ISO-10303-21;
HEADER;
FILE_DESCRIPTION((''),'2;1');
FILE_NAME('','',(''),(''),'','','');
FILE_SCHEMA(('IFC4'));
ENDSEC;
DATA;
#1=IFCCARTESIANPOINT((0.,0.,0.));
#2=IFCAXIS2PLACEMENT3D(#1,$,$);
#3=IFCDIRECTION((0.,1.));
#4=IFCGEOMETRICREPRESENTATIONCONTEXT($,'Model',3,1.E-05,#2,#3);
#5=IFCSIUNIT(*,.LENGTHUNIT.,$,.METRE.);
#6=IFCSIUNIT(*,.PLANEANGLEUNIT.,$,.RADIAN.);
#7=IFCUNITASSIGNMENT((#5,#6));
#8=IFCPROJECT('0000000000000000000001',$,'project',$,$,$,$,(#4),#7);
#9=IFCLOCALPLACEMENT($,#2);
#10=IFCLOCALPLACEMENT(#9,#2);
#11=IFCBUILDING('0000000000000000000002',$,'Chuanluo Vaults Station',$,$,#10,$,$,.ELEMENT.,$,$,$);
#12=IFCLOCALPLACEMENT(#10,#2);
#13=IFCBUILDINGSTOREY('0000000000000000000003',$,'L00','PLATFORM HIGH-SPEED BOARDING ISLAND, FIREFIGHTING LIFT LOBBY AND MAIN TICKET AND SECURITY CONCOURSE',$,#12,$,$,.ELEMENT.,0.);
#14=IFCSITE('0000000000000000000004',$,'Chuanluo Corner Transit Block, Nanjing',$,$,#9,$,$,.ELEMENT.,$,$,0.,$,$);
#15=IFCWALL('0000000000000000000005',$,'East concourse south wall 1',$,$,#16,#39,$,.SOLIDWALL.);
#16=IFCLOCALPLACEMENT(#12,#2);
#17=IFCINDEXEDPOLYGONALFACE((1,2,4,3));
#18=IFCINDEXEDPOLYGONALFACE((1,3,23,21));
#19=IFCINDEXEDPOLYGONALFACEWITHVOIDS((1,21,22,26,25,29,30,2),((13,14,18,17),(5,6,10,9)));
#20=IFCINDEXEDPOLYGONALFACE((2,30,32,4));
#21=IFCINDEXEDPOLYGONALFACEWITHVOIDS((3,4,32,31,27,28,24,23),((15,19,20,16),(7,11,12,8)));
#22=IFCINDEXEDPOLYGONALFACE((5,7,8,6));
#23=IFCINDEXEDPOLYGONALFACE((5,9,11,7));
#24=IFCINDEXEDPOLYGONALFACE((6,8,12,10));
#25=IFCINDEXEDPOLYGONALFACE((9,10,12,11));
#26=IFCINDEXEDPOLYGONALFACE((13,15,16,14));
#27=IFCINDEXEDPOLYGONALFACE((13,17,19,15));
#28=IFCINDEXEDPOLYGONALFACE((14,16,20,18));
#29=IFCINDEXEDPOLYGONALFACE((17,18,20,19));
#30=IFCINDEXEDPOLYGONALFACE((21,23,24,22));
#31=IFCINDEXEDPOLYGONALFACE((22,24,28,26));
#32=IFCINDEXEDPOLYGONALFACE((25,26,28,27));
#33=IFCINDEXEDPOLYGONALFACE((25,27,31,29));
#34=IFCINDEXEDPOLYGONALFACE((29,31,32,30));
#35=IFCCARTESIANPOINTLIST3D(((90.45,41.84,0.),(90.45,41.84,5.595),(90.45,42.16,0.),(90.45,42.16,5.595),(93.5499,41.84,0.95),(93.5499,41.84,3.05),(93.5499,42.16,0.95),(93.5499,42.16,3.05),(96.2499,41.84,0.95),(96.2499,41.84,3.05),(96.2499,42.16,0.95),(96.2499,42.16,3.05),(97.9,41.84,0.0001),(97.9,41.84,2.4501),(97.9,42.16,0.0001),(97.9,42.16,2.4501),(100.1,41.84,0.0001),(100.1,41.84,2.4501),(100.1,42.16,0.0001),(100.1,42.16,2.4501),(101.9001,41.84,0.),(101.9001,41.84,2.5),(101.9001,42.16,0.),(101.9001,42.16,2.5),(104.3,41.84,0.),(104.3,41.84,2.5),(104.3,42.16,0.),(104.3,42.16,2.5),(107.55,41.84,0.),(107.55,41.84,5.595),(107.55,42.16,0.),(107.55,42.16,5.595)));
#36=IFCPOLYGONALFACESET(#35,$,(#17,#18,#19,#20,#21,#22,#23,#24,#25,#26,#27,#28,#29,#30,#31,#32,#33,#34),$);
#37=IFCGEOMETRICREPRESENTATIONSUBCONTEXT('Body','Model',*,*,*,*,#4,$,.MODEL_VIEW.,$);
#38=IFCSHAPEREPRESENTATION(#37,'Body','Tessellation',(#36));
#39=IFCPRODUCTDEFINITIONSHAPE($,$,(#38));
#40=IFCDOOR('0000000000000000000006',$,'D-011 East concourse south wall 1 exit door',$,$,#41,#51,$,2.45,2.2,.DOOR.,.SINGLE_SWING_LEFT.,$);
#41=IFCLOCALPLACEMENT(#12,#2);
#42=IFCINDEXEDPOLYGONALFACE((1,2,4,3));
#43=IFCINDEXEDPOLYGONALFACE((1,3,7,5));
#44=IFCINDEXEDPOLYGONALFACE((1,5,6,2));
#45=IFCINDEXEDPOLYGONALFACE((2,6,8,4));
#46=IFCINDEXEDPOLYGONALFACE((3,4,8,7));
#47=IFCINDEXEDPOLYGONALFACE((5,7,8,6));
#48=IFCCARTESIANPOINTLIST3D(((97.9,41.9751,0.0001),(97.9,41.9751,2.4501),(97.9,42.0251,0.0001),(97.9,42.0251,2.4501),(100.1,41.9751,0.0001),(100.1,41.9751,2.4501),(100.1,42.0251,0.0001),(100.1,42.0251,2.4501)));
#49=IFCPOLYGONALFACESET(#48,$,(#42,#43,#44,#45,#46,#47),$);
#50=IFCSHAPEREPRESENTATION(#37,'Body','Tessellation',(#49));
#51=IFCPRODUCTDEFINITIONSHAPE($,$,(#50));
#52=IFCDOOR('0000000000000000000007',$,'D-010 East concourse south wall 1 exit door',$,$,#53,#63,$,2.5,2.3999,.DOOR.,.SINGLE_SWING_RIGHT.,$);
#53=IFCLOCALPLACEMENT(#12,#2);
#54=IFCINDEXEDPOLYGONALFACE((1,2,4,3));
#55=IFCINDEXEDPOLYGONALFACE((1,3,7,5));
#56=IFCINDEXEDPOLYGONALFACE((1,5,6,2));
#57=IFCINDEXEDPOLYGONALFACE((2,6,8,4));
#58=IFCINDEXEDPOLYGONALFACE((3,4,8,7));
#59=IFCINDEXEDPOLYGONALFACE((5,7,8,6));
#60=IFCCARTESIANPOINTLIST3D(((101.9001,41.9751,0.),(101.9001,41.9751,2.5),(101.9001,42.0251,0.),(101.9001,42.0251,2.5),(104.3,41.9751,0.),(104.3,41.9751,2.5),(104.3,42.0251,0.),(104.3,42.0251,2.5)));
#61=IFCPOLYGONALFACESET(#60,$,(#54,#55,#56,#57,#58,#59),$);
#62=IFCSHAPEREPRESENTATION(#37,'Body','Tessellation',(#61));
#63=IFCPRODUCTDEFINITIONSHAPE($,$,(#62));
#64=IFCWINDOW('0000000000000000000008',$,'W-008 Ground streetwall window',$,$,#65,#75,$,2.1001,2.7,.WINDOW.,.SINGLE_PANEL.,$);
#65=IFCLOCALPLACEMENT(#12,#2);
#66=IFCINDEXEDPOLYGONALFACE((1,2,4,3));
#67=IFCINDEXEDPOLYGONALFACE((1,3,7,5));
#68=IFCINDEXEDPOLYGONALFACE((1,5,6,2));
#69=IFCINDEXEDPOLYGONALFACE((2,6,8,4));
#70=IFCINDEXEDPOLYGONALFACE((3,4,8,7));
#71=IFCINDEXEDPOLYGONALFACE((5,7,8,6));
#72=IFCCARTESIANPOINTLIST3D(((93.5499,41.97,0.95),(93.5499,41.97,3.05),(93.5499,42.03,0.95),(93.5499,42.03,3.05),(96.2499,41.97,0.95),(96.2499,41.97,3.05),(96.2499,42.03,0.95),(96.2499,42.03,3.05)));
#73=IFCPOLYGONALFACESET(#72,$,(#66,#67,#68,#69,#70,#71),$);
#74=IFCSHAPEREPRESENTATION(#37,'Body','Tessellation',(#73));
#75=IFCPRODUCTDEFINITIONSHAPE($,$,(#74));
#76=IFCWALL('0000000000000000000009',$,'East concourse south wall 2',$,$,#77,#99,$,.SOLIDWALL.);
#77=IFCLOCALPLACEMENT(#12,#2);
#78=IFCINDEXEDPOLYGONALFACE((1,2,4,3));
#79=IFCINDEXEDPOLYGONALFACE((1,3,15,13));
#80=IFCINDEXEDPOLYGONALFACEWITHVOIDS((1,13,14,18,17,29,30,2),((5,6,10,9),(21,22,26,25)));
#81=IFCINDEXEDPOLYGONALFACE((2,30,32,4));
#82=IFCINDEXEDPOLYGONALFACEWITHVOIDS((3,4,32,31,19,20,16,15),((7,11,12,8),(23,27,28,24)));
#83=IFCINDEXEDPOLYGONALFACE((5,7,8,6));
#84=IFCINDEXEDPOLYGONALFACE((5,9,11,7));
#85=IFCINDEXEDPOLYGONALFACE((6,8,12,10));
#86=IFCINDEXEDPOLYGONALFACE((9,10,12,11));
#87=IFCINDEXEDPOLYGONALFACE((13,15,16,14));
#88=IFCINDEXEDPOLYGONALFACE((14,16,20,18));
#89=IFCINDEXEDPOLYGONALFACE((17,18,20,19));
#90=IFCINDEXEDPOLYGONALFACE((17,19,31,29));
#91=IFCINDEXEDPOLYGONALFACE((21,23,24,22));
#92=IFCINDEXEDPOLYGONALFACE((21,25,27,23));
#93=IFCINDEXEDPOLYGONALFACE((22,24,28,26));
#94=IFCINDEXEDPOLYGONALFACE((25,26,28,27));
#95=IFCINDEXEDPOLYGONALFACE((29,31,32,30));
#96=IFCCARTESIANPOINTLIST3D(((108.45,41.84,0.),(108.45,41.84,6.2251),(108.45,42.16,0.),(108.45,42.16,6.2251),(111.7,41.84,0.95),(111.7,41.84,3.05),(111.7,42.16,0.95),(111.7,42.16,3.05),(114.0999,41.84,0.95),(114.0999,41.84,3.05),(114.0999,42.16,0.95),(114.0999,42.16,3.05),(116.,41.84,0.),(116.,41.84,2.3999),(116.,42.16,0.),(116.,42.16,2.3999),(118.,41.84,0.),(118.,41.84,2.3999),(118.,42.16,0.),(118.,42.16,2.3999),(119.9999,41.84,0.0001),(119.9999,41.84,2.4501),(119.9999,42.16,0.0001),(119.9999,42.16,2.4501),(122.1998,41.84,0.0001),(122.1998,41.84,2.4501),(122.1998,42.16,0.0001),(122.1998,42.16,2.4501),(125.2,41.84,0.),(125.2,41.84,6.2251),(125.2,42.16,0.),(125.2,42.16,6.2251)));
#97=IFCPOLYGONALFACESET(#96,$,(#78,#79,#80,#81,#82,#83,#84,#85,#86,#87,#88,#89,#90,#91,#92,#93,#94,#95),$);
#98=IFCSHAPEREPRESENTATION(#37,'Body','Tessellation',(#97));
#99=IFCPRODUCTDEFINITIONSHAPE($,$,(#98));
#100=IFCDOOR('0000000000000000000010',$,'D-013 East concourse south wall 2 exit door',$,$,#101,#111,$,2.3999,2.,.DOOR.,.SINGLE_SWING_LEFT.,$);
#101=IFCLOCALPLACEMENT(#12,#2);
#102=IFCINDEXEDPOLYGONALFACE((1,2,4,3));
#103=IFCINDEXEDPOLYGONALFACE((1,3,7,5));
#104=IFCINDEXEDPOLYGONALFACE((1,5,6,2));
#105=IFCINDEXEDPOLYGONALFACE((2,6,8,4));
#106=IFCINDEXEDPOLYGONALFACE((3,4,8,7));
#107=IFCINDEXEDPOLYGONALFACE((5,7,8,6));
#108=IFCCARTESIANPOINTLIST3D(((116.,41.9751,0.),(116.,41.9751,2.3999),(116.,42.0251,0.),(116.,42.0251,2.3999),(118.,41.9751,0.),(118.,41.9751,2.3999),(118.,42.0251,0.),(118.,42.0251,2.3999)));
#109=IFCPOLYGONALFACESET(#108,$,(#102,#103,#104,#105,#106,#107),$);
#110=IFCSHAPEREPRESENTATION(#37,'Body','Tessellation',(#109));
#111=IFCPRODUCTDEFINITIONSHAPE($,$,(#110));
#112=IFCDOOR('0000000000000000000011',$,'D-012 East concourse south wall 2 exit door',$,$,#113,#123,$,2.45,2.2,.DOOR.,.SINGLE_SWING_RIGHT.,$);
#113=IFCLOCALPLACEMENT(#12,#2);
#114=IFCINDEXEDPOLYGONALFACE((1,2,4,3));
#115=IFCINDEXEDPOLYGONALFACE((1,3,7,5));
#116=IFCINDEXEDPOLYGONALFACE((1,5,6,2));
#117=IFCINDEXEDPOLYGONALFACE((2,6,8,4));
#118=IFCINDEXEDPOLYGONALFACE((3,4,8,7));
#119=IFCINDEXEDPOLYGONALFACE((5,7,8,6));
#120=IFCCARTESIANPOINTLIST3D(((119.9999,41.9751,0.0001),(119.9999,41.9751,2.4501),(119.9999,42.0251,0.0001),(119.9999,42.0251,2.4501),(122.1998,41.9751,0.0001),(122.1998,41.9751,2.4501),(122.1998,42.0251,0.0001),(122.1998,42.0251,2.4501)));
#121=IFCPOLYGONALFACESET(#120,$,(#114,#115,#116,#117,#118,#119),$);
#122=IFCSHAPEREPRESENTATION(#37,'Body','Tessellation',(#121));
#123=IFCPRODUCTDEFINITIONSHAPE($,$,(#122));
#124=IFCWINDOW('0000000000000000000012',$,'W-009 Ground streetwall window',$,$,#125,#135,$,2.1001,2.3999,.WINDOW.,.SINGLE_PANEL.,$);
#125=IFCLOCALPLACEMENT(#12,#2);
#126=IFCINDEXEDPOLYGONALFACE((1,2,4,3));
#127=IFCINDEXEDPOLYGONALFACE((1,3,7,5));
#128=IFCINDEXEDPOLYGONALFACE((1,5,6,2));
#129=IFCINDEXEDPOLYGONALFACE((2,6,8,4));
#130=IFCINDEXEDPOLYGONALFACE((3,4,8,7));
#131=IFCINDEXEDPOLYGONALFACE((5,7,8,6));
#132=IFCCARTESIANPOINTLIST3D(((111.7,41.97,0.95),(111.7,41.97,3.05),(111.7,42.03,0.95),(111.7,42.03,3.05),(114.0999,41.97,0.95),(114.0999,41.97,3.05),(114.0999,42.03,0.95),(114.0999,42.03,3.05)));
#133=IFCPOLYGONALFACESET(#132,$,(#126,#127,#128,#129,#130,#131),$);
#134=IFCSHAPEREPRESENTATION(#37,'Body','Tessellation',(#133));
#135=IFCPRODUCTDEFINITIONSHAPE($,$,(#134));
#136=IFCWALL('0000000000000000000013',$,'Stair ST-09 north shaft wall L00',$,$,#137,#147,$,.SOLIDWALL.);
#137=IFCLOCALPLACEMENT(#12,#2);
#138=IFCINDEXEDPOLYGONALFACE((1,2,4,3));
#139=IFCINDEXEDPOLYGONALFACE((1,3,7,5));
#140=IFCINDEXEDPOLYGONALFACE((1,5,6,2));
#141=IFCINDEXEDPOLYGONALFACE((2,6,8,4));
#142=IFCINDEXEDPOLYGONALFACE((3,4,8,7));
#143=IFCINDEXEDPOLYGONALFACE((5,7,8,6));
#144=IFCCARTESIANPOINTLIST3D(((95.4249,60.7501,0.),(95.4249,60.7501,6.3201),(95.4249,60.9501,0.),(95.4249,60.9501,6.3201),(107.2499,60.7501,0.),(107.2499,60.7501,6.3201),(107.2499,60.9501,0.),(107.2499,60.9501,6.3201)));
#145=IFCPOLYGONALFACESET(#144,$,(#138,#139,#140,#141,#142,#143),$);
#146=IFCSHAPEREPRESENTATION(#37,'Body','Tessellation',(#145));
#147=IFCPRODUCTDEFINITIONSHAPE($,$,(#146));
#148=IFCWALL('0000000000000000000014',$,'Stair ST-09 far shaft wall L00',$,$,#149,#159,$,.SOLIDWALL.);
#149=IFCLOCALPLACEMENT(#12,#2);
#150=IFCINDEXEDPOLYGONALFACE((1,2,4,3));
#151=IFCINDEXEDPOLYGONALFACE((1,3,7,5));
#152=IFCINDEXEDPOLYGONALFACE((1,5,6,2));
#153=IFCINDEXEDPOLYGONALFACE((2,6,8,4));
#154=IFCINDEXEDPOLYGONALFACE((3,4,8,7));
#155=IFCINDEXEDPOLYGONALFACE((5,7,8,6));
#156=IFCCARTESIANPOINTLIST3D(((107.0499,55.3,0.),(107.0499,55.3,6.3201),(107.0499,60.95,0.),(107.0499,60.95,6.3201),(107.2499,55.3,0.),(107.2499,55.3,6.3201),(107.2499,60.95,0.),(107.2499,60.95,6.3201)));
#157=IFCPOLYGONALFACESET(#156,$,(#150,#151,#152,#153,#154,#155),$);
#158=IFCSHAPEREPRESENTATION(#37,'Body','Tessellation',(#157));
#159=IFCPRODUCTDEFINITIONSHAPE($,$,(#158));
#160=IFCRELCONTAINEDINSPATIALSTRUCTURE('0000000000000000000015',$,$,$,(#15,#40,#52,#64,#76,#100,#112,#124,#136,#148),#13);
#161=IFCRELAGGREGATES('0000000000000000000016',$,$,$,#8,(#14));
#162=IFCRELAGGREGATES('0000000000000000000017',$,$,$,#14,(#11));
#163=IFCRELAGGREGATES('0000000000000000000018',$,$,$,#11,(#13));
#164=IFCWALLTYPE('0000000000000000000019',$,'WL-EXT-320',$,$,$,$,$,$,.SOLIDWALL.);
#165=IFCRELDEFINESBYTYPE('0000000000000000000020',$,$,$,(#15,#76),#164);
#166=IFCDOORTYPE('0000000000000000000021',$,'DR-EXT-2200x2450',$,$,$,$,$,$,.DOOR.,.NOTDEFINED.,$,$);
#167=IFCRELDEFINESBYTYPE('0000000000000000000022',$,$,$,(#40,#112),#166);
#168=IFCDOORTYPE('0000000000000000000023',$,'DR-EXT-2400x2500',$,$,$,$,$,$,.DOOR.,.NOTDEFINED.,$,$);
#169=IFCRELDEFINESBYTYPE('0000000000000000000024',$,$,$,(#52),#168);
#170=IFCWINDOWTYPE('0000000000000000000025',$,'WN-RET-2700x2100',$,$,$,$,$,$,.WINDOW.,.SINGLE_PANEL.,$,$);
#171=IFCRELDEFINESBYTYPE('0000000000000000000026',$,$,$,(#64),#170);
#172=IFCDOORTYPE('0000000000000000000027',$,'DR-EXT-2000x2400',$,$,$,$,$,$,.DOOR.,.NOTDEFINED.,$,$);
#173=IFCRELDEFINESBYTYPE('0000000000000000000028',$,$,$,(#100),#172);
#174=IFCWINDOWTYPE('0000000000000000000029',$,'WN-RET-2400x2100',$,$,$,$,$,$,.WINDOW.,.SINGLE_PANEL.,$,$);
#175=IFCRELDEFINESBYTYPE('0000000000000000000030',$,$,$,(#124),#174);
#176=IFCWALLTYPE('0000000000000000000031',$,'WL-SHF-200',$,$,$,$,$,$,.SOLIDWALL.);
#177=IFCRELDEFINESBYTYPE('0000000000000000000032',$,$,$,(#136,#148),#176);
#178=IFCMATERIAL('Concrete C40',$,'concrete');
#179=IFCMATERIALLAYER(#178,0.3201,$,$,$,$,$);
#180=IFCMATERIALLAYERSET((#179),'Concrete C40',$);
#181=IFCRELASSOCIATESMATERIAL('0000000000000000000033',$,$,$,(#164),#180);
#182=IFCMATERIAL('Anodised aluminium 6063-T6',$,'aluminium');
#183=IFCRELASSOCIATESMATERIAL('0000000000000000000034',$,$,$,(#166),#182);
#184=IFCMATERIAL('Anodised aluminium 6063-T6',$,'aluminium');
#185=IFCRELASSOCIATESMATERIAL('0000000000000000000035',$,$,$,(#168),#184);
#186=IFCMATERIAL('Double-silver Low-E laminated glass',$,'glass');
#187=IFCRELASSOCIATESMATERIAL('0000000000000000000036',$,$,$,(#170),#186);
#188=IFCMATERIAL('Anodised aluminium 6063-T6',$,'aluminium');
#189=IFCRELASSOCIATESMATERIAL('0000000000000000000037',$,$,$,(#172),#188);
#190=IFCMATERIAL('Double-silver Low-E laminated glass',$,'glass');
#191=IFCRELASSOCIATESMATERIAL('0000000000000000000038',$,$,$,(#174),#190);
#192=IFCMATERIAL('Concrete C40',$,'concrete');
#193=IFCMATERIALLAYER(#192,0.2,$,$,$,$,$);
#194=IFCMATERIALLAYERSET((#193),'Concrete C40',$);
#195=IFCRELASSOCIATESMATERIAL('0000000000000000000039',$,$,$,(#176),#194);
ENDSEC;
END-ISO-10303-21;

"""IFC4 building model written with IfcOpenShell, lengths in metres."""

from ifc_helpers import new_model, si_unit, direction, frame, frame_2d, origin, place, context, subcontext, project, spatial, rectangle, extrude, material, layer, layer_set, type_object, element, fill, save


model = new_model("IFC4")

# Units and contexts
model_context = context("Model", 3, precision=1e-05, world=origin(), true_north=direction((0.0, 1.0)))
body_context = subcontext(model_context, "Body", "Model", "MODEL_VIEW")
ifc_project = project(units=[si_unit("LENGTHUNIT", "METRE"), si_unit("PLANEANGLEUNIT", "RADIAN")], contexts=[model_context])

# Site, building, storey
site_placement = place(None, origin())
site = spatial("IfcSite", under=ifc_project, at=site_placement, Name="Chuanluo Corner Transit Block, Nanjing", CompositionType="ELEMENT", RefElevation=0.0)
building_placement = place(site_placement, origin())
building = spatial("IfcBuilding", under=site, at=building_placement, Name="Chuanluo Vaults Station", CompositionType="ELEMENT")
storey_placement = place(building_placement, origin())
storey = spatial("IfcBuildingStorey", under=building, at=storey_placement, Name="L00", Description="PLATFORM HIGH-SPEED BOARDING ISLAND, FIREFIGHTING LIFT LOBBY AND MAIN TICKET AND SECURITY CONCOURSE", CompositionType="ELEMENT", Elevation=0.0)

# Walls, openings, doors, windows
ifc_material_1 = material(Name="Concrete C40", Category="concrete")
ifc_layer_1 = layer(ifc_material_1, 0.3201)
ifc_layer_set_1 = layer_set([ifc_layer_1], Name="Concrete C40")
wall_type_1 = type_object("IfcWallType", Name="WL-EXT-320", PredefinedType="SOLIDWALL", material=ifc_layer_set_1)
wall_1_placement = place(storey_placement, frame((107.55, 42.0, 0.0), z_axis=(0.0, 0.0, 1.0), x_axis=(-1.0, 0.0, 0.0)))
wall_1 = element("IfcWall", 1, at=wall_1_placement, inside=storey, type_object=wall_type_1, Name="East concourse south wall 1", PredefinedType="SOLIDWALL", context=body_context, shape_type="SweptSolid", body=[
    extrude(rectangle(XDim=17.1001, YDim=0.3201, at=frame_2d((8.55, 0.0))), origin(), (0.0, 0.0, 1.0), 5.595),
])
opening_1_placement = place(wall_1_placement, frame((3.25, 0.0, 0.0)))
opening_1 = element("IfcOpeningElement", 2, at=opening_1_placement, cuts=wall_1, PredefinedType="OPENING", context=body_context, shape_type="SweptSolid", body=[
    extrude(rectangle(XDim=2.3999, YDim=2.5, at=frame_2d((1.2, 1.25))), frame((0.0, 0.1702, 0.0), z_axis=(0.0, -1.0, 0.0), x_axis=(1.0, 0.0, 0.0)), (0.0, 0.0, 1.0), 0.3401),
])
opening_2_placement = place(wall_1_placement, frame((7.45, 0.0, 0.0)))
opening_2 = element("IfcOpeningElement", 3, at=opening_2_placement, cuts=wall_1, PredefinedType="OPENING", context=body_context, shape_type="SweptSolid", body=[
    extrude(rectangle(XDim=2.2, YDim=2.45, at=frame_2d((1.1001, 1.2251))), frame((0.0, 0.1702, 0.0), z_axis=(0.0, -1.0, 0.0), x_axis=(1.0, 0.0, 0.0)), (0.0, 0.0, 1.0), 0.3401),
])
opening_3_placement = place(wall_1_placement, frame((11.3, 0.0, 0.95)))
opening_3 = element("IfcOpeningElement", 4, at=opening_3_placement, cuts=wall_1, PredefinedType="OPENING", context=body_context, shape_type="SweptSolid", body=[
    extrude(rectangle(XDim=2.7, YDim=2.1001, at=frame_2d((1.3501, 1.05))), frame((0.0, 0.1702, 0.0), z_axis=(0.0, -1.0, 0.0), x_axis=(1.0, 0.0, 0.0)), (0.0, 0.0, 1.0), 0.3401),
])
ifc_material_2 = material(Name="Anodised aluminium 6063-T6", Category="aluminium")
door_type_1 = type_object("IfcDoorType", Name="DR-EXT-2200x2450", OperationType="NOTDEFINED", PredefinedType="DOOR", material=ifc_material_2)
door_1_placement = place(opening_2_placement, origin())
door_1 = element("IfcDoor", 5, at=door_1_placement, inside=storey, type_object=door_type_1, Name="D-011 East concourse south wall 1 exit door", OperationType="SINGLE_SWING_LEFT", OverallHeight=2.45, OverallWidth=2.2, PredefinedType="DOOR", context=body_context, shape_type="SweptSolid", body=[
    extrude(rectangle(XDim=2.2, YDim=2.45, at=frame_2d((1.1001, 1.2251))), frame((0.0, 0.0249, 0.0), z_axis=(0.0, -1.0, 0.0), x_axis=(1.0, 0.0, 0.0)), (0.0, 0.0, 1.0), 0.05),
])
fill(opening_2, door_1)
ifc_material_3 = material(Name="Anodised aluminium 6063-T6", Category="aluminium")
door_type_2 = type_object("IfcDoorType", Name="DR-EXT-2400x2500", OperationType="NOTDEFINED", PredefinedType="DOOR", material=ifc_material_3)
door_2_placement = place(opening_1_placement, origin())
door_2 = element("IfcDoor", 6, at=door_2_placement, inside=storey, type_object=door_type_2, Name="D-010 East concourse south wall 1 exit door", OperationType="SINGLE_SWING_RIGHT", OverallHeight=2.5, OverallWidth=2.3999, PredefinedType="DOOR", context=body_context, shape_type="SweptSolid", body=[
    extrude(rectangle(XDim=2.3999, YDim=2.5, at=frame_2d((1.2, 1.25))), frame((0.0, 0.0249, 0.0), z_axis=(0.0, -1.0, 0.0), x_axis=(1.0, 0.0, 0.0)), (0.0, 0.0, 1.0), 0.05),
])
fill(opening_1, door_2)
ifc_material_4 = material(Name="Double-silver Low-E laminated glass", Category="glass")
window_type_1 = type_object("IfcWindowType", Name="WN-RET-2700x2100", PartitioningType="SINGLE_PANEL", PredefinedType="WINDOW", material=ifc_material_4)
window_1_placement = place(opening_3_placement, origin())
window_1 = element("IfcWindow", 7, at=window_1_placement, inside=storey, type_object=window_type_1, Name="W-008 Ground streetwall window", OverallHeight=2.1001, OverallWidth=2.7, PartitioningType="SINGLE_PANEL", PredefinedType="WINDOW", context=body_context, shape_type="SweptSolid", body=[
    extrude(rectangle(XDim=2.7, YDim=2.1001, at=frame_2d((1.3501, 1.05))), frame((0.0, 0.03, 0.0), z_axis=(0.0, -1.0, 0.0), x_axis=(1.0, 0.0, 0.0)), (0.0, 0.0, 1.0), 0.0601),
])
fill(opening_3, window_1)
wall_2_placement = place(storey_placement, frame((125.2, 42.0, 0.0), z_axis=(0.0, 0.0, 1.0), x_axis=(-1.0, 0.0, 0.0)))
wall_2 = element("IfcWall", 8, at=wall_2_placement, inside=storey, type_object=wall_type_1, Name="East concourse south wall 2", PredefinedType="SOLIDWALL", context=body_context, shape_type="SweptSolid", body=[
    extrude(rectangle(XDim=16.75, YDim=0.3201, at=frame_2d((8.375, 0.0))), origin(), (0.0, 0.0, 1.0), 6.2251),
])
opening_4_placement = place(wall_2_placement, frame((3.0, 0.0, 0.0)))
opening_4 = element("IfcOpeningElement", 9, at=opening_4_placement, cuts=wall_2, PredefinedType="OPENING", context=body_context, shape_type="SweptSolid", body=[
    extrude(rectangle(XDim=2.2, YDim=2.45, at=frame_2d((1.1001, 1.2251))), frame((0.0, 0.1702, 0.0), z_axis=(0.0, -1.0, 0.0), x_axis=(1.0, 0.0, 0.0)), (0.0, 0.0, 1.0), 0.3401),
])
opening_5_placement = place(wall_2_placement, frame((7.2, 0.0, 0.0)))
opening_5 = element("IfcOpeningElement", 10, at=opening_5_placement, cuts=wall_2, PredefinedType="OPENING", context=body_context, shape_type="SweptSolid", body=[
    extrude(rectangle(XDim=2.0, YDim=2.3999, at=frame_2d((1.0, 1.2))), frame((0.0, 0.1702, 0.0), z_axis=(0.0, -1.0, 0.0), x_axis=(1.0, 0.0, 0.0)), (0.0, 0.0, 1.0), 0.3401),
])
opening_6_placement = place(wall_2_placement, frame((11.1001, 0.0, 0.95)))
opening_6 = element("IfcOpeningElement", 11, at=opening_6_placement, cuts=wall_2, PredefinedType="OPENING", context=body_context, shape_type="SweptSolid", body=[
    extrude(rectangle(XDim=2.3999, YDim=2.1001, at=frame_2d((1.2, 1.05))), frame((0.0, 0.1702, 0.0), z_axis=(0.0, -1.0, 0.0), x_axis=(1.0, 0.0, 0.0)), (0.0, 0.0, 1.0), 0.3401),
])
ifc_material_5 = material(Name="Anodised aluminium 6063-T6", Category="aluminium")
door_type_3 = type_object("IfcDoorType", Name="DR-EXT-2000x2400", OperationType="NOTDEFINED", PredefinedType="DOOR", material=ifc_material_5)
door_3_placement = place(opening_5_placement, origin())
door_3 = element("IfcDoor", 12, at=door_3_placement, inside=storey, type_object=door_type_3, Name="D-013 East concourse south wall 2 exit door", OperationType="SINGLE_SWING_LEFT", OverallHeight=2.3999, OverallWidth=2.0, PredefinedType="DOOR", context=body_context, shape_type="SweptSolid", body=[
    extrude(rectangle(XDim=2.0, YDim=2.3999, at=frame_2d((1.0, 1.2))), frame((0.0, 0.0249, 0.0), z_axis=(0.0, -1.0, 0.0), x_axis=(1.0, 0.0, 0.0)), (0.0, 0.0, 1.0), 0.05),
])
fill(opening_5, door_3)
door_4_placement = place(opening_4_placement, origin())
door_4 = element("IfcDoor", 13, at=door_4_placement, inside=storey, type_object=door_type_1, Name="D-012 East concourse south wall 2 exit door", OperationType="SINGLE_SWING_RIGHT", OverallHeight=2.45, OverallWidth=2.2, PredefinedType="DOOR", context=body_context, shape_type="SweptSolid", body=[
    extrude(rectangle(XDim=2.2, YDim=2.45, at=frame_2d((1.1001, 1.2251))), frame((0.0, 0.0249, 0.0), z_axis=(0.0, -1.0, 0.0), x_axis=(1.0, 0.0, 0.0)), (0.0, 0.0, 1.0), 0.05),
])
fill(opening_4, door_4)
ifc_material_6 = material(Name="Double-silver Low-E laminated glass", Category="glass")
window_type_2 = type_object("IfcWindowType", Name="WN-RET-2400x2100", PartitioningType="SINGLE_PANEL", PredefinedType="WINDOW", material=ifc_material_6)
window_2_placement = place(opening_6_placement, origin())
window_2 = element("IfcWindow", 14, at=window_2_placement, inside=storey, type_object=window_type_2, Name="W-009 Ground streetwall window", OverallHeight=2.1001, OverallWidth=2.3999, PartitioningType="SINGLE_PANEL", PredefinedType="WINDOW", context=body_context, shape_type="SweptSolid", body=[
    extrude(rectangle(XDim=2.3999, YDim=2.1001, at=frame_2d((1.2, 1.05))), frame((0.0, 0.03, 0.0), z_axis=(0.0, -1.0, 0.0), x_axis=(1.0, 0.0, 0.0)), (0.0, 0.0, 1.0), 0.0601),
])
fill(opening_6, window_2)

# Walls
ifc_material_7 = material(Name="Concrete C40", Category="concrete")
ifc_layer_2 = layer(ifc_material_7, 0.2)
ifc_layer_set_2 = layer_set([ifc_layer_2], Name="Concrete C40")
wall_type_2 = type_object("IfcWallType", Name="WL-SHF-200", PredefinedType="SOLIDWALL", material=ifc_layer_set_2)
wall_3_placement = place(storey_placement, frame((107.25, 60.8501, 0.0), z_axis=(0.0, 0.0, 1.0), x_axis=(-1.0, 0.0, 0.0)))
element("IfcWall", 15, at=wall_3_placement, inside=storey, type_object=wall_type_2, Name="Stair ST-09 north shaft wall L00", PredefinedType="SOLIDWALL", context=body_context, shape_type="SweptSolid", body=[
    extrude(rectangle(XDim=11.825, YDim=0.2, at=frame_2d((5.9126, 0.0))), origin(), (0.0, 0.0, 1.0), 6.3201),
])
for number, where, z_axis, x_axis, name in (
    (16, (107.1499, 55.3, 0.0), (0.0, 0.0, 1.0), (0.0, 1.0, 0.0), "Stair ST-09 far shaft wall L00"),
):
    element("IfcWall", number, at=place(storey_placement, frame(where, z_axis=z_axis, x_axis=x_axis)), inside=storey, type_object=wall_type_2, Name=name, PredefinedType="SOLIDWALL", context=body_context, shape_type="SweptSolid", body=[
        extrude(rectangle(XDim=5.6499, YDim=0.2, at=frame_2d((2.825, 0.0))), origin(), (0.0, 0.0, 1.0), 6.3201),
    ])

save(model, "model.ifc")
